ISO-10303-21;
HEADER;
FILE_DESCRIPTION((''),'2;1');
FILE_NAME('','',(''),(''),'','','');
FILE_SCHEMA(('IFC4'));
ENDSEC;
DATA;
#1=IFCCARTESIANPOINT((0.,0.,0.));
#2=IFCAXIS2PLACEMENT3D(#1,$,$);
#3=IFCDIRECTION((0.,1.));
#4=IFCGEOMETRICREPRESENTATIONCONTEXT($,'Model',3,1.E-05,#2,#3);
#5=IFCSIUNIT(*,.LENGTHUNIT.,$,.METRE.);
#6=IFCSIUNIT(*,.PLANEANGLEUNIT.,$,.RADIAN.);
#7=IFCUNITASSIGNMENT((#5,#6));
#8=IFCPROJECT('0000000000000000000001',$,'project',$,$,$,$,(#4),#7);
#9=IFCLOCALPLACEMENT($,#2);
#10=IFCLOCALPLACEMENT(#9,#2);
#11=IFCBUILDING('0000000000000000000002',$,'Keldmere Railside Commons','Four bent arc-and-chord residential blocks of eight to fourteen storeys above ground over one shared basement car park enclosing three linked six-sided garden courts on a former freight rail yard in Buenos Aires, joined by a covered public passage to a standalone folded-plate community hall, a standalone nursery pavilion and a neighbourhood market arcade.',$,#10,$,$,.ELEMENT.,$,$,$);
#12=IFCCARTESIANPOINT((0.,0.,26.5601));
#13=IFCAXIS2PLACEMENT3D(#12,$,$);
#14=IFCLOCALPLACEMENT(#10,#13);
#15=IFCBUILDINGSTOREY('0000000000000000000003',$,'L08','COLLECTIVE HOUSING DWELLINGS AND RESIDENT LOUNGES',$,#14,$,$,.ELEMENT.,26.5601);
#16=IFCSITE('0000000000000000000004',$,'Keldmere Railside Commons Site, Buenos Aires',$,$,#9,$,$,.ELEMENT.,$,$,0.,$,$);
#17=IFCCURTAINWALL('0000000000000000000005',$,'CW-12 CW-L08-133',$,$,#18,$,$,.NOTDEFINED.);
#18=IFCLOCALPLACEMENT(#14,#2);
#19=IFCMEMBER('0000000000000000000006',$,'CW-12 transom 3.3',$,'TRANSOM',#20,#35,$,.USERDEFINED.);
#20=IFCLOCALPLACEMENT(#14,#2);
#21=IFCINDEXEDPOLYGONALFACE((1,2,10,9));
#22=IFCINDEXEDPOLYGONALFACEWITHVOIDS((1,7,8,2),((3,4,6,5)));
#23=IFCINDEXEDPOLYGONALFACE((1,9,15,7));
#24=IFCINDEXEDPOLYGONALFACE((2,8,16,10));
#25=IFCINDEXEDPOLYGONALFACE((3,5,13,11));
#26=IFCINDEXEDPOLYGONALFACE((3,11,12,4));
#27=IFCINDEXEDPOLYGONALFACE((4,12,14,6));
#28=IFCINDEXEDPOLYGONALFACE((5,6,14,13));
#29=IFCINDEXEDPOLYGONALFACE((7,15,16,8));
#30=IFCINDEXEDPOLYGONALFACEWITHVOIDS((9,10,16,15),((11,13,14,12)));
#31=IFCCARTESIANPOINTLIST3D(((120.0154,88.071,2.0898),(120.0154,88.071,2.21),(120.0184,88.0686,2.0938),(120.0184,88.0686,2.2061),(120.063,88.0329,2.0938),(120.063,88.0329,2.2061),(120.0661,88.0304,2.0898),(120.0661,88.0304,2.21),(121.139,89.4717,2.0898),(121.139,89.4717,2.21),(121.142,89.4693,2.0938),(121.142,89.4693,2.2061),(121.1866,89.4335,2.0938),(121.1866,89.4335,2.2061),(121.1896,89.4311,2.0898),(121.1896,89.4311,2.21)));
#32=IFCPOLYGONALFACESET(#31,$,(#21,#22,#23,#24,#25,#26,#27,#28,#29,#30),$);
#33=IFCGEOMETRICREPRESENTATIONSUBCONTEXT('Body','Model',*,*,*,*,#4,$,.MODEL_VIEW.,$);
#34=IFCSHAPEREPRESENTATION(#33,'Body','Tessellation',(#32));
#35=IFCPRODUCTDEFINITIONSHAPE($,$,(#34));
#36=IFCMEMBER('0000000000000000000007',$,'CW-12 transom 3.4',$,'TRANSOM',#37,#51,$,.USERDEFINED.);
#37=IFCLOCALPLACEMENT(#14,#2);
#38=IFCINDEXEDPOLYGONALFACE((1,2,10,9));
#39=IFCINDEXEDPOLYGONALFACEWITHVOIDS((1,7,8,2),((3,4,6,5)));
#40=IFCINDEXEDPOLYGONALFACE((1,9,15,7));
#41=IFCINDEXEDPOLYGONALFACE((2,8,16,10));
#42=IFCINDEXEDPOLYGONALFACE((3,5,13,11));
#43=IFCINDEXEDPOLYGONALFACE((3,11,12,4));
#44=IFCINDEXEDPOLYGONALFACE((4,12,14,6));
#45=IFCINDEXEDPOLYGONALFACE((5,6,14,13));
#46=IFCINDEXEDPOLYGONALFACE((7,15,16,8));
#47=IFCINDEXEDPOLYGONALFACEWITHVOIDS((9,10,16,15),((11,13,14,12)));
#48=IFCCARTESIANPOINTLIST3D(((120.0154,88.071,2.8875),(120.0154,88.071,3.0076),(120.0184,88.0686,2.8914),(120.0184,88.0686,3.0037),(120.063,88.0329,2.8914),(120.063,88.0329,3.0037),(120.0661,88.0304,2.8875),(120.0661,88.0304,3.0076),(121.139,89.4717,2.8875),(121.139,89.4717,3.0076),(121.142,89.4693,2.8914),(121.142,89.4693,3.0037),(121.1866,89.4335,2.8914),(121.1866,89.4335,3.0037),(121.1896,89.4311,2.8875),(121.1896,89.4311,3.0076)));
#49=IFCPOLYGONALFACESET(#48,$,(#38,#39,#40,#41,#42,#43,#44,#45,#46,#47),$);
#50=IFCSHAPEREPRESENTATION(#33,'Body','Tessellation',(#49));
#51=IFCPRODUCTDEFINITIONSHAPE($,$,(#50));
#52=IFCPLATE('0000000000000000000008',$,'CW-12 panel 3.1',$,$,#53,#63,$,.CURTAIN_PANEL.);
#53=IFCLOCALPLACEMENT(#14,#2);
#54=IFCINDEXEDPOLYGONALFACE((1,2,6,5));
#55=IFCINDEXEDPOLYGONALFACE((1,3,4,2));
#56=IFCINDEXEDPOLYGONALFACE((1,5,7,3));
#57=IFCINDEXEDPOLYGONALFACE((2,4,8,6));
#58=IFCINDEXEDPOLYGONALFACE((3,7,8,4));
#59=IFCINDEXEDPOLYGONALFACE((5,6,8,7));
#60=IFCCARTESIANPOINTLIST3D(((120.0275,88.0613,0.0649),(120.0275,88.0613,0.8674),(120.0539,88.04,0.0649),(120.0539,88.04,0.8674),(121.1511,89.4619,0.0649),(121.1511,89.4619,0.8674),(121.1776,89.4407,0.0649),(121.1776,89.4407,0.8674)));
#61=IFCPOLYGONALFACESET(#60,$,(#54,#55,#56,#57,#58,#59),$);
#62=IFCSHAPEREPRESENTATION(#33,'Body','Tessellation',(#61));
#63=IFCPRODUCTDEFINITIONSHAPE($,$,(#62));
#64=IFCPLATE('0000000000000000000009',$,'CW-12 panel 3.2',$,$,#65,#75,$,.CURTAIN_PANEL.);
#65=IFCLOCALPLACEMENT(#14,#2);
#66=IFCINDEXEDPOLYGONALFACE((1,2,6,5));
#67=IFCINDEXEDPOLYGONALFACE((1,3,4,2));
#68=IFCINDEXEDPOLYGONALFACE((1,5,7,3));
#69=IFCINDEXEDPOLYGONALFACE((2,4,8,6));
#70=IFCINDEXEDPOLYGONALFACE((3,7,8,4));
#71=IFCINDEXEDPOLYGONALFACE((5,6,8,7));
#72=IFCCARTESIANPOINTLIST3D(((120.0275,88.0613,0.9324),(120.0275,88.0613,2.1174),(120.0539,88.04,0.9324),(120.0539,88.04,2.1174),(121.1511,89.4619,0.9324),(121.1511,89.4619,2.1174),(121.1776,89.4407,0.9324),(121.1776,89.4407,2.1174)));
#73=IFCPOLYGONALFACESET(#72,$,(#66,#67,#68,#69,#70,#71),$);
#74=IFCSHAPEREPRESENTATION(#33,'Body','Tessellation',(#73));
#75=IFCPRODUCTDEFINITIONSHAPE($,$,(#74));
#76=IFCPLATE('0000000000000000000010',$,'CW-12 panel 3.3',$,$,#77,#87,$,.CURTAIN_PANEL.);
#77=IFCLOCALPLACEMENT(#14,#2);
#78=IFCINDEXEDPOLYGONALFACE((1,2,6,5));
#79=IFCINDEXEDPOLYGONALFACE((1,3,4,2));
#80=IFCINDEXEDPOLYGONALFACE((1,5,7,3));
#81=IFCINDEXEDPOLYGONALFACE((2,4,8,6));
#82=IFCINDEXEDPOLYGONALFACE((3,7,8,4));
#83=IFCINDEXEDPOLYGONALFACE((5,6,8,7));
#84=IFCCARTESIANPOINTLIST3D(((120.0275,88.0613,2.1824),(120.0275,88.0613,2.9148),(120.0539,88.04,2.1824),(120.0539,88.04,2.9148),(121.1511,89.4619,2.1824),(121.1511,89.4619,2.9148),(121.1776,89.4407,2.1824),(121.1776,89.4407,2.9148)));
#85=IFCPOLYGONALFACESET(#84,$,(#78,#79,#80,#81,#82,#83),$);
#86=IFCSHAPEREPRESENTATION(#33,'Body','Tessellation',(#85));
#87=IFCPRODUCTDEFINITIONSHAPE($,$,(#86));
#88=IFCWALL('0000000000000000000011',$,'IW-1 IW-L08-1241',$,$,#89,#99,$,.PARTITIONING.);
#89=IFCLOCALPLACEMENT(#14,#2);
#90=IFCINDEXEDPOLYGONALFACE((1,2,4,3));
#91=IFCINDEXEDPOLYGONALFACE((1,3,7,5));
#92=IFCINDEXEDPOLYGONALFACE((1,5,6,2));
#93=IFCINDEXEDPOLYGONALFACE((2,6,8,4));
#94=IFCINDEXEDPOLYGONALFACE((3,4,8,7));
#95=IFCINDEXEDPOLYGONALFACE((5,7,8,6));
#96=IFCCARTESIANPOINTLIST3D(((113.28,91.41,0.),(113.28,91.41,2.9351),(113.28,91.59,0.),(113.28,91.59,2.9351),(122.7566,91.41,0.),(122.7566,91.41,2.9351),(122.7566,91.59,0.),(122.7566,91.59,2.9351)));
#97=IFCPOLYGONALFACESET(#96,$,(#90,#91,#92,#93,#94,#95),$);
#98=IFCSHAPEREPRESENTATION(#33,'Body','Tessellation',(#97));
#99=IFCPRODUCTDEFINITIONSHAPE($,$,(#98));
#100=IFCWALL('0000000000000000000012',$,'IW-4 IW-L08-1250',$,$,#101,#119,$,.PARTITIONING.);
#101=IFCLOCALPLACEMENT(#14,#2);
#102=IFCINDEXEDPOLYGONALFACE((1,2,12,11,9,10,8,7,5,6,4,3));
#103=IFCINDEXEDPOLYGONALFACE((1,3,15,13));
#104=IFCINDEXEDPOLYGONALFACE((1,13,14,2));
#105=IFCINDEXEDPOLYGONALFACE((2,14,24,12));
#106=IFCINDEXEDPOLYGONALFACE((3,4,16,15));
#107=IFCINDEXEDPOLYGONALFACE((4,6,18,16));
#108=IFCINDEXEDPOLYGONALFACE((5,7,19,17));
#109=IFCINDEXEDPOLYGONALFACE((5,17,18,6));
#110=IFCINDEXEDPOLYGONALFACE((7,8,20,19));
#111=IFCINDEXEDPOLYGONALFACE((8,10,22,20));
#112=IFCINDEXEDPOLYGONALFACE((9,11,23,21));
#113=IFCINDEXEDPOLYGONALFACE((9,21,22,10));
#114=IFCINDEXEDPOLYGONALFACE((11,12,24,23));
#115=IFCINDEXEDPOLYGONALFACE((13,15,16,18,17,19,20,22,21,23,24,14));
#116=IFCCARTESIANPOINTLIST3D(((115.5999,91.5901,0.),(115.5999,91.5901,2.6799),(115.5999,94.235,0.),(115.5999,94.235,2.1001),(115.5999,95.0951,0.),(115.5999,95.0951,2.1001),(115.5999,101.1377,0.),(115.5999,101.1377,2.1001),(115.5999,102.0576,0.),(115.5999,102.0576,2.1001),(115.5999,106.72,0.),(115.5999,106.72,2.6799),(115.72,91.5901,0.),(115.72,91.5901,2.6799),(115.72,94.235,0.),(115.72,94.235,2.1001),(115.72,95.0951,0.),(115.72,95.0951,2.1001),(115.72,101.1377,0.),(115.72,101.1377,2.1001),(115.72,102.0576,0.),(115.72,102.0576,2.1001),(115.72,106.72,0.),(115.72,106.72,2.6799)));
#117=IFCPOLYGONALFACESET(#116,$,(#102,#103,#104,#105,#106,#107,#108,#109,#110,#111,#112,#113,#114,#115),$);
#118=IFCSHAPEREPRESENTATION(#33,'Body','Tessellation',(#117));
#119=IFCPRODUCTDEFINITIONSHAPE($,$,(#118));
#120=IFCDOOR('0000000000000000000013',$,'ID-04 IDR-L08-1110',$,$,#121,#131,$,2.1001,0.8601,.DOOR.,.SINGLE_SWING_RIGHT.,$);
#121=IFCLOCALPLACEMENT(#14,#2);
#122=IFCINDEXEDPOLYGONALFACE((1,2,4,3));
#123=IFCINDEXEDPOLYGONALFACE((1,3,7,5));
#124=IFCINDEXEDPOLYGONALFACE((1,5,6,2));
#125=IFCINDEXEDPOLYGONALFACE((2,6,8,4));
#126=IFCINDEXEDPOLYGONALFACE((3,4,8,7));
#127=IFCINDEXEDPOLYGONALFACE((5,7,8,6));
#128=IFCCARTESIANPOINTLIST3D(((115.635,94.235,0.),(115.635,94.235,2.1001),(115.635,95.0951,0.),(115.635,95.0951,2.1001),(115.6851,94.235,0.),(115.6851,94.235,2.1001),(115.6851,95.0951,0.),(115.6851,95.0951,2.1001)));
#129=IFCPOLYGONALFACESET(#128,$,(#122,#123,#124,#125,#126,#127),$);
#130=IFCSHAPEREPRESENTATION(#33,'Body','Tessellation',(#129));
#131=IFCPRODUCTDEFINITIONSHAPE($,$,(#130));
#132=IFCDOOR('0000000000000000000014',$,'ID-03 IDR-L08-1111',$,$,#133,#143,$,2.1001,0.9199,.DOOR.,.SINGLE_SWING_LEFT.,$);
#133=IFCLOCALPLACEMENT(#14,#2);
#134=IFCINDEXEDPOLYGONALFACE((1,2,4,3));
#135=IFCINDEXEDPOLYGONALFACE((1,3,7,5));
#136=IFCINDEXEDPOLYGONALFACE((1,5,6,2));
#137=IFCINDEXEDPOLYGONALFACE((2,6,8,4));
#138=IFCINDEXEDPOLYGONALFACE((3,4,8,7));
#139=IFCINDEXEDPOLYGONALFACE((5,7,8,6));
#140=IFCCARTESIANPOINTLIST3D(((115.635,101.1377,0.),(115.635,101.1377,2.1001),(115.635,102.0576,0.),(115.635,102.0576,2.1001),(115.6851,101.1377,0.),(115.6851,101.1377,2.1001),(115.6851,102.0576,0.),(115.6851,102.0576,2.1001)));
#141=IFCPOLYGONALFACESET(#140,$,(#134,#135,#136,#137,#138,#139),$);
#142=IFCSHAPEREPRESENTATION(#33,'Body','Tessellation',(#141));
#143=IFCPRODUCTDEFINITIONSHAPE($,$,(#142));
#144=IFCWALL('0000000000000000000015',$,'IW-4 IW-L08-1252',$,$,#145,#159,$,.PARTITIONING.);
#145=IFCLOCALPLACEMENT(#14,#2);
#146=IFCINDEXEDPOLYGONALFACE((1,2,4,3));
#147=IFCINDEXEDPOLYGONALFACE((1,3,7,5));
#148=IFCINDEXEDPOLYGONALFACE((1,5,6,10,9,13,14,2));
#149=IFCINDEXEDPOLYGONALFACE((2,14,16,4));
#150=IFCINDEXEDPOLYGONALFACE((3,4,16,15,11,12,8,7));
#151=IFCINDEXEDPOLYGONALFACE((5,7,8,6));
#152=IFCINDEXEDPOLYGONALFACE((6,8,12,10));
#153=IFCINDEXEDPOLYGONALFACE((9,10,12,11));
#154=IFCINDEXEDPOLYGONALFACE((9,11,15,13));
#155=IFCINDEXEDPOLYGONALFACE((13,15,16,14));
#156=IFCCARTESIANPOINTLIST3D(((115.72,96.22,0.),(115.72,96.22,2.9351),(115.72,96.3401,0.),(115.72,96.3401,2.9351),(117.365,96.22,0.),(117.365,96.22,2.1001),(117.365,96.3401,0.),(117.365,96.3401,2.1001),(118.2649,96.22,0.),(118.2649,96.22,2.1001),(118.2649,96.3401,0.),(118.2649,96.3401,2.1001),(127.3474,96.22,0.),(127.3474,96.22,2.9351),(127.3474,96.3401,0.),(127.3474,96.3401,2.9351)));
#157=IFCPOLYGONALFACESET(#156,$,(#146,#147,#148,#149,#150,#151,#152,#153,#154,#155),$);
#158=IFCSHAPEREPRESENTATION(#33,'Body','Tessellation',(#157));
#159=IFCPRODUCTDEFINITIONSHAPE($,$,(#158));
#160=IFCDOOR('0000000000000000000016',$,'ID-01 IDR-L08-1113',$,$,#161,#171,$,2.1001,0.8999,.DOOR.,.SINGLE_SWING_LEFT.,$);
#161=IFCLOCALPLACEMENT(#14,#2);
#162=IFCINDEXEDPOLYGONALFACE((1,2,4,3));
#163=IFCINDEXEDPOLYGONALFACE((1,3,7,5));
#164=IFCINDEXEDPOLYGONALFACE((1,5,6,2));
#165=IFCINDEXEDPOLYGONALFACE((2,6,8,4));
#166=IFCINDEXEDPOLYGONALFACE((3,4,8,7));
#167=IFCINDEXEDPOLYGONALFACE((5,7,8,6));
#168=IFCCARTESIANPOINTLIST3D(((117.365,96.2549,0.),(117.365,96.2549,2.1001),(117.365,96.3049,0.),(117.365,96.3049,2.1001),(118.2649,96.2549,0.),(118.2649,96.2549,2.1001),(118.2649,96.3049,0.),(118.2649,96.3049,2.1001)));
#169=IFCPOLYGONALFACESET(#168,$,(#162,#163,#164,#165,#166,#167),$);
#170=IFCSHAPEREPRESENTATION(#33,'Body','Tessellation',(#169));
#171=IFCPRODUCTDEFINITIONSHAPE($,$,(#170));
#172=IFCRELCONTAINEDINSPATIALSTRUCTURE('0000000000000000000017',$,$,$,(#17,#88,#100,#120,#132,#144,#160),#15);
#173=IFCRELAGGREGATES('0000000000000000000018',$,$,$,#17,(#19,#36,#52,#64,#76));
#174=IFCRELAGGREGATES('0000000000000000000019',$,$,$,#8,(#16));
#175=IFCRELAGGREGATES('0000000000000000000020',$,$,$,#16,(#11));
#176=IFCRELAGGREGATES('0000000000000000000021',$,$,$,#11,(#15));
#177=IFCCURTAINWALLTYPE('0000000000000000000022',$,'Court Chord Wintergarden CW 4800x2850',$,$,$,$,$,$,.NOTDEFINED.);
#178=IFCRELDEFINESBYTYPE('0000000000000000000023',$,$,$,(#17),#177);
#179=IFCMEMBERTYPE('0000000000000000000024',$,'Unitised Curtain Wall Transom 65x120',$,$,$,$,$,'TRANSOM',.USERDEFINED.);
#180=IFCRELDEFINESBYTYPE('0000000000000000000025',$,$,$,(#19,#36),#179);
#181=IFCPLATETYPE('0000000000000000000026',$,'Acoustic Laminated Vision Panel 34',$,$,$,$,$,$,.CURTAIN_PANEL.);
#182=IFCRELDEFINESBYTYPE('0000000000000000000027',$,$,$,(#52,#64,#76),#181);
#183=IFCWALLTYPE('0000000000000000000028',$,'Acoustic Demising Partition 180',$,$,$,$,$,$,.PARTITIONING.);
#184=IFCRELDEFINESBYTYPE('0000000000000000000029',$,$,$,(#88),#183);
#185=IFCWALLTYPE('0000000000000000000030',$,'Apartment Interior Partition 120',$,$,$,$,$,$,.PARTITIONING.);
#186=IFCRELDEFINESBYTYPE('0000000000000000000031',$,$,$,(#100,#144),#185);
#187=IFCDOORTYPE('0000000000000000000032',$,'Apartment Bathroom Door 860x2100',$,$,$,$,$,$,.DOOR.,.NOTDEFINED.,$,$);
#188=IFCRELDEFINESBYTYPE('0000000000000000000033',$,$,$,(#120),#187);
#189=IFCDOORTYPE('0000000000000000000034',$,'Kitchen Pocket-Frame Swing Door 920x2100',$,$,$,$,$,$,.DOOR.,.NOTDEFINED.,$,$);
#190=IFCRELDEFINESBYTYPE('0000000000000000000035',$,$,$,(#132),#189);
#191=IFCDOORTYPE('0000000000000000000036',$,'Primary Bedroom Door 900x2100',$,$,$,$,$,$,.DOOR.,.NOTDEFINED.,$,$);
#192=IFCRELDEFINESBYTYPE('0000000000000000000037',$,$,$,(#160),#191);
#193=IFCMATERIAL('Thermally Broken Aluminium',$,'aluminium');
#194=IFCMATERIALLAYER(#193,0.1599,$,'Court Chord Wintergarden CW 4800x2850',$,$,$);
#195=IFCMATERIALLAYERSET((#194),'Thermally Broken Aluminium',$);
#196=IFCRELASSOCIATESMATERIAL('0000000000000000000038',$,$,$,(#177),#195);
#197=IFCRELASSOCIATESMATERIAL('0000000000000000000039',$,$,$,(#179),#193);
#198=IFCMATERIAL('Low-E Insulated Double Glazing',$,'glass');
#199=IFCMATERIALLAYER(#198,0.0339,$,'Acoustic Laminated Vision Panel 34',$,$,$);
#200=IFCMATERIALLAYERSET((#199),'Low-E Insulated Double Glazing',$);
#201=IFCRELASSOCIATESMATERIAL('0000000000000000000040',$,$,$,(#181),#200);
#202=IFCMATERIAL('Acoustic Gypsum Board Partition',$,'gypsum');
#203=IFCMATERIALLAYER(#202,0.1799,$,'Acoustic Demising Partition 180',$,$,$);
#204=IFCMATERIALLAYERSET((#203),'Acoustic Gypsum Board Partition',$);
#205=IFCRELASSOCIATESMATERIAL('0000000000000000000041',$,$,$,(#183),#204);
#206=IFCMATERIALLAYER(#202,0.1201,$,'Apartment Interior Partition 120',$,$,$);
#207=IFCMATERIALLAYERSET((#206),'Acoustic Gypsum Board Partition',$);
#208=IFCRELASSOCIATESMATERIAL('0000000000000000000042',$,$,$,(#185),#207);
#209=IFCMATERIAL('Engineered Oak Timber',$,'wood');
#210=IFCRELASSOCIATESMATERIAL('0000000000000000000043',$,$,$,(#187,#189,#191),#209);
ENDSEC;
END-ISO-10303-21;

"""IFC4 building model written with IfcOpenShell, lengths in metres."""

from ifc_helpers import new_model, si_unit, direction, frame, frame_2d, origin, origin_2d, place, context, subcontext, project, spatial, rectangle, hollow_rectangle, extrude, material, layer, layer_set, material_profile, profile_set, type_object, element, fill, aggregate, save


model = new_model("IFC4")

# Units and contexts
model_context = context("Model", 3, precision=1e-05, world=origin(), true_north=direction((0.0, 1.0)))
body_context = subcontext(model_context, "Body", "Model", "MODEL_VIEW")
ifc_project = project(units=[si_unit("LENGTHUNIT", "METRE"), si_unit("PLANEANGLEUNIT", "RADIAN")], contexts=[model_context])

# Site, building, storey
site_placement = place(None, origin())
site = spatial("IfcSite", under=ifc_project, at=site_placement, Name="Keldmere Railside Commons Site, Buenos Aires", CompositionType="ELEMENT", RefElevation=0.0)
building_placement = place(site_placement, origin())
building = spatial("IfcBuilding", under=site, at=building_placement, Name="Keldmere Railside Commons", Description="Four bent arc-and-chord residential blocks of eight to fourteen storeys above ground over one shared basement car park enclosing three linked six-sided garden courts on a former freight rail yard in Buenos Aires, joined by a covered public passage to a standalone folded-plate community hall, a standalone nursery pavilion and a neighbourhood market arcade.", CompositionType="ELEMENT")
storey_placement = place(building_placement, frame((0.0, 0.0, 26.5601)))
storey = spatial("IfcBuildingStorey", under=building, at=storey_placement, Name="L08", Description="COLLECTIVE HOUSING DWELLINGS AND RESIDENT LOUNGES", CompositionType="ELEMENT", Elevation=26.5601)

# Curtain wall, members, plates
ifc_material_1 = material(Name="Thermally Broken Aluminium", Category="aluminium")
ifc_layer_1 = layer(ifc_material_1, 0.1599, Name="Court Chord Wintergarden CW 4800x2850")
ifc_layer_set_1 = layer_set([ifc_layer_1], Name="Thermally Broken Aluminium")
curtain_wall_type = type_object("IfcCurtainWallType", Name="Court Chord Wintergarden CW 4800x2850", PredefinedType="NOTDEFINED", material=ifc_layer_set_1)
curtain_wall_placement = place(storey_placement, origin())
curtain_wall = element("IfcCurtainWall", 1, at=curtain_wall_placement, inside=storey, type_object=curtain_wall_type, Name="CW-12 CW-L08-133", PredefinedType="NOTDEFINED")
ifc_material_profile_1 = material_profile(ifc_material_1, hollow_rectangle(XDim=0.0649, YDim=0.1201, WallThickness=0.0039, at=origin_2d()), Name="ALU-TRAN-65x120")
ifc_profile_set_1 = profile_set([ifc_material_profile_1], Name="Thermally Broken Aluminium")
member_type_1 = type_object("IfcMemberType", Name="Unitised Curtain Wall Transom 65x120", ElementType="TRANSOM", PredefinedType="USERDEFINED", material=ifc_profile_set_1)
member_1_placement = place(storey_placement, frame((121.1643, 89.4514, 2.1499), z_axis=(-0.625723, -0.780046, 0.0), x_axis=(0.780046, -0.625723, 0.0)))
member_1 = element("IfcMember", 2, at=member_1_placement, type_object=member_type_1, Name="CW-12 transom 3.3", ObjectType="TRANSOM", PredefinedType="USERDEFINED", context=body_context, shape_type="SweptSolid", body=[
    extrude(hollow_rectangle(XDim=0.0649, YDim=0.1201, WallThickness=0.0039, at=origin_2d()), origin(), (0.0, 0.0, 1.0), 1.7957),
])
member_2_placement = place(storey_placement, frame((121.1643, 89.4514, 2.9475), z_axis=(-0.625723, -0.780046, 0.0), x_axis=(0.780046, -0.625723, 0.0)))
member_2 = element("IfcMember", 3, at=member_2_placement, type_object=member_type_1, Name="CW-12 transom 3.4", ObjectType="TRANSOM", PredefinedType="USERDEFINED", context=body_context, shape_type="SweptSolid", body=[
    extrude(hollow_rectangle(XDim=0.0649, YDim=0.1201, WallThickness=0.0039, at=origin_2d()), origin(), (0.0, 0.0, 1.0), 1.7957),
])
ifc_material_2 = material(Name="Low-E Insulated Double Glazing", Category="glass")
ifc_layer_2 = layer(ifc_material_2, 0.0339, Name="Acoustic Laminated Vision Panel 34")
ifc_layer_set_2 = layer_set([ifc_layer_2], Name="Low-E Insulated Double Glazing")
plate_type = type_object("IfcPlateType", Name="Acoustic Laminated Vision Panel 34", PredefinedType="CURTAIN_PANEL", material=ifc_layer_set_2)
plate_1_placement = place(storey_placement, frame((120.6025, 88.751, 0.0649), z_axis=(0.0, 0.0, 1.0), x_axis=(-0.625768, -0.780009, 0.0)))
plate_1 = element("IfcPlate", 4, at=plate_1_placement, type_object=plate_type, Name="CW-12 panel 3.1", PredefinedType="CURTAIN_PANEL", context=body_context, shape_type="SweptSolid", body=[
    extrude(rectangle(XDim=1.7957, YDim=0.0339, at=origin_2d()), origin(), (0.0, 0.0, 1.0), 0.8025),
])
plate_2_placement = place(storey_placement, frame((120.6025, 88.751, 0.9324), z_axis=(0.0, 0.0, 1.0), x_axis=(-0.625768, -0.780009, 0.0)))
plate_2 = element("IfcPlate", 5, at=plate_2_placement, type_object=plate_type, Name="CW-12 panel 3.2", PredefinedType="CURTAIN_PANEL", context=body_context, shape_type="SweptSolid", body=[
    extrude(rectangle(XDim=1.7957, YDim=0.0339, at=origin_2d()), origin(), (0.0, 0.0, 1.0), 1.1851),
])
plate_3_placement = place(storey_placement, frame((120.6025, 88.751, 2.1824), z_axis=(0.0, 0.0, 1.0), x_axis=(-0.625768, -0.780009, 0.0)))
plate_3 = element("IfcPlate", 6, at=plate_3_placement, type_object=plate_type, Name="CW-12 panel 3.3", PredefinedType="CURTAIN_PANEL", context=body_context, shape_type="SweptSolid", body=[
    extrude(rectangle(XDim=1.7957, YDim=0.0339, at=origin_2d()), origin(), (0.0, 0.0, 1.0), 0.7324),
])
aggregate(curtain_wall, [member_1, member_2, plate_1, plate_2, plate_3])

# Wall
ifc_material_3 = material(Name="Acoustic Gypsum Board Partition", Category="gypsum")
ifc_layer_3 = layer(ifc_material_3, 0.1799, Name="Acoustic Demising Partition 180")
ifc_layer_set_3 = layer_set([ifc_layer_3], Name="Acoustic Gypsum Board Partition")
wall_type_1 = type_object("IfcWallType", Name="Acoustic Demising Partition 180", PredefinedType="PARTITIONING", material=ifc_layer_set_3)
wall_1_placement = place(storey_placement, frame((113.28, 91.5, 0.0), z_axis=(0.0, 0.0, 1.0), x_axis=(1.0, 0.0, 0.0)))
element("IfcWall", 7, at=wall_1_placement, inside=storey, type_object=wall_type_1, Name="IW-1 IW-L08-1241", PredefinedType="PARTITIONING", context=body_context, shape_type="SweptSolid", body=[
    extrude(rectangle(XDim=9.4766, YDim=0.1799, at=frame_2d((4.7383, 0.0))), origin(), (0.0, 0.0, 1.0), 2.9351),
])

# Wall, openings, doors
ifc_layer_4 = layer(ifc_material_3, 0.1201, Name="Apartment Interior Partition 120")
ifc_layer_set_4 = layer_set([ifc_layer_4], Name="Acoustic Gypsum Board Partition")
wall_type_2 = type_object("IfcWallType", Name="Apartment Interior Partition 120", PredefinedType="PARTITIONING", material=ifc_layer_set_4)
wall_2_placement = place(storey_placement, frame((115.6599, 91.5901, 0.0), z_axis=(0.0, 0.0, 1.0), x_axis=(0.0, 1.0, 0.0)))
wall_2 = element("IfcWall", 8, at=wall_2_placement, inside=storey, type_object=wall_type_2, Name="IW-4 IW-L08-1250", PredefinedType="PARTITIONING", context=body_context, shape_type="SweptSolid", body=[
    extrude(rectangle(XDim=15.1299, YDim=0.1201, at=frame_2d((7.5649, 0.0))), origin(), (0.0, 0.0, 1.0), 2.6799),
])
opening_1_placement = place(wall_2_placement, frame((2.6448, 0.0, 0.0)))
opening_1 = element("IfcOpeningElement", 9, at=opening_1_placement, cuts=wall_2, PredefinedType="OPENING", context=body_context, shape_type="SweptSolid", body=[
    extrude(rectangle(XDim=0.8601, YDim=2.1001, at=frame_2d((0.4302, 1.05))), frame((0.0, 0.0701, 0.0), z_axis=(0.0, -1.0, 0.0), x_axis=(1.0, 0.0, 0.0)), (0.0, 0.0, 1.0), 0.1401),
])
opening_2_placement = place(wall_2_placement, frame((9.5476, 0.0, 0.0)))
opening_2 = element("IfcOpeningElement", 10, at=opening_2_placement, cuts=wall_2, PredefinedType="OPENING", context=body_context, shape_type="SweptSolid", body=[
    extrude(rectangle(XDim=0.9199, YDim=2.1001, at=frame_2d((0.46, 1.05))), frame((0.0, 0.0701, 0.0), z_axis=(0.0, -1.0, 0.0), x_axis=(1.0, 0.0, 0.0)), (0.0, 0.0, 1.0), 0.1401),
])
ifc_material_4 = material(Name="Engineered Oak Timber", Category="wood")
door_type_1 = type_object("IfcDoorType", Name="Apartment Bathroom Door 860x2100", OperationType="NOTDEFINED", PredefinedType="DOOR", material=ifc_material_4)
door_1_placement = place(opening_1_placement, origin())
door_1 = element("IfcDoor", 11, at=door_1_placement, inside=storey, type_object=door_type_1, Name="ID-04 IDR-L08-1110", OperationType="SINGLE_SWING_RIGHT", OverallHeight=2.1001, OverallWidth=0.8601, PredefinedType="DOOR", context=body_context, shape_type="SweptSolid", body=[
    extrude(rectangle(XDim=0.8601, YDim=2.1001, at=frame_2d((0.4302, 1.05))), frame((0.0, 0.0249, 0.0), z_axis=(0.0, -1.0, 0.0), x_axis=(1.0, 0.0, 0.0)), (0.0, 0.0, 1.0), 0.05),
])
fill(opening_1, door_1)
door_type_2 = type_object("IfcDoorType", Name="Kitchen Pocket-Frame Swing Door 920x2100", OperationType="NOTDEFINED", PredefinedType="DOOR", material=ifc_material_4)
door_2_placement = place(opening_2_placement, origin())
door_2 = element("IfcDoor", 12, at=door_2_placement, inside=storey, type_object=door_type_2, Name="ID-03 IDR-L08-1111", OperationType="SINGLE_SWING_LEFT", OverallHeight=2.1001, OverallWidth=0.9199, PredefinedType="DOOR", context=body_context, shape_type="SweptSolid", body=[
    extrude(rectangle(XDim=0.9199, YDim=2.1001, at=frame_2d((0.46, 1.05))), frame((0.0, 0.0249, 0.0), z_axis=(0.0, -1.0, 0.0), x_axis=(1.0, 0.0, 0.0)), (0.0, 0.0, 1.0), 0.05),
])
fill(opening_2, door_2)

# Wall, opening, door
wall_3_placement = place(storey_placement, frame((115.72, 96.28, 0.0), z_axis=(0.0, 0.0, 1.0), x_axis=(1.0, 0.0, 0.0)))
wall_3 = element("IfcWall", 13, at=wall_3_placement, inside=storey, type_object=wall_type_2, Name="IW-4 IW-L08-1252", PredefinedType="PARTITIONING", context=body_context, shape_type="SweptSolid", body=[
    extrude(rectangle(XDim=11.6274, YDim=0.1201, at=frame_2d((5.8137, 0.0))), origin(), (0.0, 0.0, 1.0), 2.9351),
])
opening_3_placement = place(wall_3_placement, frame((1.645, 0.0, 0.0)))
opening_3 = element("IfcOpeningElement", 14, at=opening_3_placement, cuts=wall_3, PredefinedType="OPENING", context=body_context, shape_type="SweptSolid", body=[
    extrude(rectangle(XDim=0.8999, YDim=2.1001, at=frame_2d((0.45, 1.05))), frame((0.0, 0.0701, 0.0), z_axis=(0.0, -1.0, 0.0), x_axis=(1.0, 0.0, 0.0)), (0.0, 0.0, 1.0), 0.1401),
])
door_type_3 = type_object("IfcDoorType", Name="Primary Bedroom Door 900x2100", OperationType="NOTDEFINED", PredefinedType="DOOR", material=ifc_material_4)
door_3_placement = place(opening_3_placement, origin())
door_3 = element("IfcDoor", 15, at=door_3_placement, inside=storey, type_object=door_type_3, Name="ID-01 IDR-L08-1113", OperationType="SINGLE_SWING_LEFT", OverallHeight=2.1001, OverallWidth=0.8999, PredefinedType="DOOR", context=body_context, shape_type="SweptSolid", body=[
    extrude(rectangle(XDim=0.8999, YDim=2.1001, at=frame_2d((0.45, 1.05))), frame((0.0, 0.0249, 0.0), z_axis=(0.0, -1.0, 0.0), x_axis=(1.0, 0.0, 0.0)), (0.0, 0.0, 1.0), 0.05),
])
fill(opening_3, door_3)

save(model, "model.ifc")
